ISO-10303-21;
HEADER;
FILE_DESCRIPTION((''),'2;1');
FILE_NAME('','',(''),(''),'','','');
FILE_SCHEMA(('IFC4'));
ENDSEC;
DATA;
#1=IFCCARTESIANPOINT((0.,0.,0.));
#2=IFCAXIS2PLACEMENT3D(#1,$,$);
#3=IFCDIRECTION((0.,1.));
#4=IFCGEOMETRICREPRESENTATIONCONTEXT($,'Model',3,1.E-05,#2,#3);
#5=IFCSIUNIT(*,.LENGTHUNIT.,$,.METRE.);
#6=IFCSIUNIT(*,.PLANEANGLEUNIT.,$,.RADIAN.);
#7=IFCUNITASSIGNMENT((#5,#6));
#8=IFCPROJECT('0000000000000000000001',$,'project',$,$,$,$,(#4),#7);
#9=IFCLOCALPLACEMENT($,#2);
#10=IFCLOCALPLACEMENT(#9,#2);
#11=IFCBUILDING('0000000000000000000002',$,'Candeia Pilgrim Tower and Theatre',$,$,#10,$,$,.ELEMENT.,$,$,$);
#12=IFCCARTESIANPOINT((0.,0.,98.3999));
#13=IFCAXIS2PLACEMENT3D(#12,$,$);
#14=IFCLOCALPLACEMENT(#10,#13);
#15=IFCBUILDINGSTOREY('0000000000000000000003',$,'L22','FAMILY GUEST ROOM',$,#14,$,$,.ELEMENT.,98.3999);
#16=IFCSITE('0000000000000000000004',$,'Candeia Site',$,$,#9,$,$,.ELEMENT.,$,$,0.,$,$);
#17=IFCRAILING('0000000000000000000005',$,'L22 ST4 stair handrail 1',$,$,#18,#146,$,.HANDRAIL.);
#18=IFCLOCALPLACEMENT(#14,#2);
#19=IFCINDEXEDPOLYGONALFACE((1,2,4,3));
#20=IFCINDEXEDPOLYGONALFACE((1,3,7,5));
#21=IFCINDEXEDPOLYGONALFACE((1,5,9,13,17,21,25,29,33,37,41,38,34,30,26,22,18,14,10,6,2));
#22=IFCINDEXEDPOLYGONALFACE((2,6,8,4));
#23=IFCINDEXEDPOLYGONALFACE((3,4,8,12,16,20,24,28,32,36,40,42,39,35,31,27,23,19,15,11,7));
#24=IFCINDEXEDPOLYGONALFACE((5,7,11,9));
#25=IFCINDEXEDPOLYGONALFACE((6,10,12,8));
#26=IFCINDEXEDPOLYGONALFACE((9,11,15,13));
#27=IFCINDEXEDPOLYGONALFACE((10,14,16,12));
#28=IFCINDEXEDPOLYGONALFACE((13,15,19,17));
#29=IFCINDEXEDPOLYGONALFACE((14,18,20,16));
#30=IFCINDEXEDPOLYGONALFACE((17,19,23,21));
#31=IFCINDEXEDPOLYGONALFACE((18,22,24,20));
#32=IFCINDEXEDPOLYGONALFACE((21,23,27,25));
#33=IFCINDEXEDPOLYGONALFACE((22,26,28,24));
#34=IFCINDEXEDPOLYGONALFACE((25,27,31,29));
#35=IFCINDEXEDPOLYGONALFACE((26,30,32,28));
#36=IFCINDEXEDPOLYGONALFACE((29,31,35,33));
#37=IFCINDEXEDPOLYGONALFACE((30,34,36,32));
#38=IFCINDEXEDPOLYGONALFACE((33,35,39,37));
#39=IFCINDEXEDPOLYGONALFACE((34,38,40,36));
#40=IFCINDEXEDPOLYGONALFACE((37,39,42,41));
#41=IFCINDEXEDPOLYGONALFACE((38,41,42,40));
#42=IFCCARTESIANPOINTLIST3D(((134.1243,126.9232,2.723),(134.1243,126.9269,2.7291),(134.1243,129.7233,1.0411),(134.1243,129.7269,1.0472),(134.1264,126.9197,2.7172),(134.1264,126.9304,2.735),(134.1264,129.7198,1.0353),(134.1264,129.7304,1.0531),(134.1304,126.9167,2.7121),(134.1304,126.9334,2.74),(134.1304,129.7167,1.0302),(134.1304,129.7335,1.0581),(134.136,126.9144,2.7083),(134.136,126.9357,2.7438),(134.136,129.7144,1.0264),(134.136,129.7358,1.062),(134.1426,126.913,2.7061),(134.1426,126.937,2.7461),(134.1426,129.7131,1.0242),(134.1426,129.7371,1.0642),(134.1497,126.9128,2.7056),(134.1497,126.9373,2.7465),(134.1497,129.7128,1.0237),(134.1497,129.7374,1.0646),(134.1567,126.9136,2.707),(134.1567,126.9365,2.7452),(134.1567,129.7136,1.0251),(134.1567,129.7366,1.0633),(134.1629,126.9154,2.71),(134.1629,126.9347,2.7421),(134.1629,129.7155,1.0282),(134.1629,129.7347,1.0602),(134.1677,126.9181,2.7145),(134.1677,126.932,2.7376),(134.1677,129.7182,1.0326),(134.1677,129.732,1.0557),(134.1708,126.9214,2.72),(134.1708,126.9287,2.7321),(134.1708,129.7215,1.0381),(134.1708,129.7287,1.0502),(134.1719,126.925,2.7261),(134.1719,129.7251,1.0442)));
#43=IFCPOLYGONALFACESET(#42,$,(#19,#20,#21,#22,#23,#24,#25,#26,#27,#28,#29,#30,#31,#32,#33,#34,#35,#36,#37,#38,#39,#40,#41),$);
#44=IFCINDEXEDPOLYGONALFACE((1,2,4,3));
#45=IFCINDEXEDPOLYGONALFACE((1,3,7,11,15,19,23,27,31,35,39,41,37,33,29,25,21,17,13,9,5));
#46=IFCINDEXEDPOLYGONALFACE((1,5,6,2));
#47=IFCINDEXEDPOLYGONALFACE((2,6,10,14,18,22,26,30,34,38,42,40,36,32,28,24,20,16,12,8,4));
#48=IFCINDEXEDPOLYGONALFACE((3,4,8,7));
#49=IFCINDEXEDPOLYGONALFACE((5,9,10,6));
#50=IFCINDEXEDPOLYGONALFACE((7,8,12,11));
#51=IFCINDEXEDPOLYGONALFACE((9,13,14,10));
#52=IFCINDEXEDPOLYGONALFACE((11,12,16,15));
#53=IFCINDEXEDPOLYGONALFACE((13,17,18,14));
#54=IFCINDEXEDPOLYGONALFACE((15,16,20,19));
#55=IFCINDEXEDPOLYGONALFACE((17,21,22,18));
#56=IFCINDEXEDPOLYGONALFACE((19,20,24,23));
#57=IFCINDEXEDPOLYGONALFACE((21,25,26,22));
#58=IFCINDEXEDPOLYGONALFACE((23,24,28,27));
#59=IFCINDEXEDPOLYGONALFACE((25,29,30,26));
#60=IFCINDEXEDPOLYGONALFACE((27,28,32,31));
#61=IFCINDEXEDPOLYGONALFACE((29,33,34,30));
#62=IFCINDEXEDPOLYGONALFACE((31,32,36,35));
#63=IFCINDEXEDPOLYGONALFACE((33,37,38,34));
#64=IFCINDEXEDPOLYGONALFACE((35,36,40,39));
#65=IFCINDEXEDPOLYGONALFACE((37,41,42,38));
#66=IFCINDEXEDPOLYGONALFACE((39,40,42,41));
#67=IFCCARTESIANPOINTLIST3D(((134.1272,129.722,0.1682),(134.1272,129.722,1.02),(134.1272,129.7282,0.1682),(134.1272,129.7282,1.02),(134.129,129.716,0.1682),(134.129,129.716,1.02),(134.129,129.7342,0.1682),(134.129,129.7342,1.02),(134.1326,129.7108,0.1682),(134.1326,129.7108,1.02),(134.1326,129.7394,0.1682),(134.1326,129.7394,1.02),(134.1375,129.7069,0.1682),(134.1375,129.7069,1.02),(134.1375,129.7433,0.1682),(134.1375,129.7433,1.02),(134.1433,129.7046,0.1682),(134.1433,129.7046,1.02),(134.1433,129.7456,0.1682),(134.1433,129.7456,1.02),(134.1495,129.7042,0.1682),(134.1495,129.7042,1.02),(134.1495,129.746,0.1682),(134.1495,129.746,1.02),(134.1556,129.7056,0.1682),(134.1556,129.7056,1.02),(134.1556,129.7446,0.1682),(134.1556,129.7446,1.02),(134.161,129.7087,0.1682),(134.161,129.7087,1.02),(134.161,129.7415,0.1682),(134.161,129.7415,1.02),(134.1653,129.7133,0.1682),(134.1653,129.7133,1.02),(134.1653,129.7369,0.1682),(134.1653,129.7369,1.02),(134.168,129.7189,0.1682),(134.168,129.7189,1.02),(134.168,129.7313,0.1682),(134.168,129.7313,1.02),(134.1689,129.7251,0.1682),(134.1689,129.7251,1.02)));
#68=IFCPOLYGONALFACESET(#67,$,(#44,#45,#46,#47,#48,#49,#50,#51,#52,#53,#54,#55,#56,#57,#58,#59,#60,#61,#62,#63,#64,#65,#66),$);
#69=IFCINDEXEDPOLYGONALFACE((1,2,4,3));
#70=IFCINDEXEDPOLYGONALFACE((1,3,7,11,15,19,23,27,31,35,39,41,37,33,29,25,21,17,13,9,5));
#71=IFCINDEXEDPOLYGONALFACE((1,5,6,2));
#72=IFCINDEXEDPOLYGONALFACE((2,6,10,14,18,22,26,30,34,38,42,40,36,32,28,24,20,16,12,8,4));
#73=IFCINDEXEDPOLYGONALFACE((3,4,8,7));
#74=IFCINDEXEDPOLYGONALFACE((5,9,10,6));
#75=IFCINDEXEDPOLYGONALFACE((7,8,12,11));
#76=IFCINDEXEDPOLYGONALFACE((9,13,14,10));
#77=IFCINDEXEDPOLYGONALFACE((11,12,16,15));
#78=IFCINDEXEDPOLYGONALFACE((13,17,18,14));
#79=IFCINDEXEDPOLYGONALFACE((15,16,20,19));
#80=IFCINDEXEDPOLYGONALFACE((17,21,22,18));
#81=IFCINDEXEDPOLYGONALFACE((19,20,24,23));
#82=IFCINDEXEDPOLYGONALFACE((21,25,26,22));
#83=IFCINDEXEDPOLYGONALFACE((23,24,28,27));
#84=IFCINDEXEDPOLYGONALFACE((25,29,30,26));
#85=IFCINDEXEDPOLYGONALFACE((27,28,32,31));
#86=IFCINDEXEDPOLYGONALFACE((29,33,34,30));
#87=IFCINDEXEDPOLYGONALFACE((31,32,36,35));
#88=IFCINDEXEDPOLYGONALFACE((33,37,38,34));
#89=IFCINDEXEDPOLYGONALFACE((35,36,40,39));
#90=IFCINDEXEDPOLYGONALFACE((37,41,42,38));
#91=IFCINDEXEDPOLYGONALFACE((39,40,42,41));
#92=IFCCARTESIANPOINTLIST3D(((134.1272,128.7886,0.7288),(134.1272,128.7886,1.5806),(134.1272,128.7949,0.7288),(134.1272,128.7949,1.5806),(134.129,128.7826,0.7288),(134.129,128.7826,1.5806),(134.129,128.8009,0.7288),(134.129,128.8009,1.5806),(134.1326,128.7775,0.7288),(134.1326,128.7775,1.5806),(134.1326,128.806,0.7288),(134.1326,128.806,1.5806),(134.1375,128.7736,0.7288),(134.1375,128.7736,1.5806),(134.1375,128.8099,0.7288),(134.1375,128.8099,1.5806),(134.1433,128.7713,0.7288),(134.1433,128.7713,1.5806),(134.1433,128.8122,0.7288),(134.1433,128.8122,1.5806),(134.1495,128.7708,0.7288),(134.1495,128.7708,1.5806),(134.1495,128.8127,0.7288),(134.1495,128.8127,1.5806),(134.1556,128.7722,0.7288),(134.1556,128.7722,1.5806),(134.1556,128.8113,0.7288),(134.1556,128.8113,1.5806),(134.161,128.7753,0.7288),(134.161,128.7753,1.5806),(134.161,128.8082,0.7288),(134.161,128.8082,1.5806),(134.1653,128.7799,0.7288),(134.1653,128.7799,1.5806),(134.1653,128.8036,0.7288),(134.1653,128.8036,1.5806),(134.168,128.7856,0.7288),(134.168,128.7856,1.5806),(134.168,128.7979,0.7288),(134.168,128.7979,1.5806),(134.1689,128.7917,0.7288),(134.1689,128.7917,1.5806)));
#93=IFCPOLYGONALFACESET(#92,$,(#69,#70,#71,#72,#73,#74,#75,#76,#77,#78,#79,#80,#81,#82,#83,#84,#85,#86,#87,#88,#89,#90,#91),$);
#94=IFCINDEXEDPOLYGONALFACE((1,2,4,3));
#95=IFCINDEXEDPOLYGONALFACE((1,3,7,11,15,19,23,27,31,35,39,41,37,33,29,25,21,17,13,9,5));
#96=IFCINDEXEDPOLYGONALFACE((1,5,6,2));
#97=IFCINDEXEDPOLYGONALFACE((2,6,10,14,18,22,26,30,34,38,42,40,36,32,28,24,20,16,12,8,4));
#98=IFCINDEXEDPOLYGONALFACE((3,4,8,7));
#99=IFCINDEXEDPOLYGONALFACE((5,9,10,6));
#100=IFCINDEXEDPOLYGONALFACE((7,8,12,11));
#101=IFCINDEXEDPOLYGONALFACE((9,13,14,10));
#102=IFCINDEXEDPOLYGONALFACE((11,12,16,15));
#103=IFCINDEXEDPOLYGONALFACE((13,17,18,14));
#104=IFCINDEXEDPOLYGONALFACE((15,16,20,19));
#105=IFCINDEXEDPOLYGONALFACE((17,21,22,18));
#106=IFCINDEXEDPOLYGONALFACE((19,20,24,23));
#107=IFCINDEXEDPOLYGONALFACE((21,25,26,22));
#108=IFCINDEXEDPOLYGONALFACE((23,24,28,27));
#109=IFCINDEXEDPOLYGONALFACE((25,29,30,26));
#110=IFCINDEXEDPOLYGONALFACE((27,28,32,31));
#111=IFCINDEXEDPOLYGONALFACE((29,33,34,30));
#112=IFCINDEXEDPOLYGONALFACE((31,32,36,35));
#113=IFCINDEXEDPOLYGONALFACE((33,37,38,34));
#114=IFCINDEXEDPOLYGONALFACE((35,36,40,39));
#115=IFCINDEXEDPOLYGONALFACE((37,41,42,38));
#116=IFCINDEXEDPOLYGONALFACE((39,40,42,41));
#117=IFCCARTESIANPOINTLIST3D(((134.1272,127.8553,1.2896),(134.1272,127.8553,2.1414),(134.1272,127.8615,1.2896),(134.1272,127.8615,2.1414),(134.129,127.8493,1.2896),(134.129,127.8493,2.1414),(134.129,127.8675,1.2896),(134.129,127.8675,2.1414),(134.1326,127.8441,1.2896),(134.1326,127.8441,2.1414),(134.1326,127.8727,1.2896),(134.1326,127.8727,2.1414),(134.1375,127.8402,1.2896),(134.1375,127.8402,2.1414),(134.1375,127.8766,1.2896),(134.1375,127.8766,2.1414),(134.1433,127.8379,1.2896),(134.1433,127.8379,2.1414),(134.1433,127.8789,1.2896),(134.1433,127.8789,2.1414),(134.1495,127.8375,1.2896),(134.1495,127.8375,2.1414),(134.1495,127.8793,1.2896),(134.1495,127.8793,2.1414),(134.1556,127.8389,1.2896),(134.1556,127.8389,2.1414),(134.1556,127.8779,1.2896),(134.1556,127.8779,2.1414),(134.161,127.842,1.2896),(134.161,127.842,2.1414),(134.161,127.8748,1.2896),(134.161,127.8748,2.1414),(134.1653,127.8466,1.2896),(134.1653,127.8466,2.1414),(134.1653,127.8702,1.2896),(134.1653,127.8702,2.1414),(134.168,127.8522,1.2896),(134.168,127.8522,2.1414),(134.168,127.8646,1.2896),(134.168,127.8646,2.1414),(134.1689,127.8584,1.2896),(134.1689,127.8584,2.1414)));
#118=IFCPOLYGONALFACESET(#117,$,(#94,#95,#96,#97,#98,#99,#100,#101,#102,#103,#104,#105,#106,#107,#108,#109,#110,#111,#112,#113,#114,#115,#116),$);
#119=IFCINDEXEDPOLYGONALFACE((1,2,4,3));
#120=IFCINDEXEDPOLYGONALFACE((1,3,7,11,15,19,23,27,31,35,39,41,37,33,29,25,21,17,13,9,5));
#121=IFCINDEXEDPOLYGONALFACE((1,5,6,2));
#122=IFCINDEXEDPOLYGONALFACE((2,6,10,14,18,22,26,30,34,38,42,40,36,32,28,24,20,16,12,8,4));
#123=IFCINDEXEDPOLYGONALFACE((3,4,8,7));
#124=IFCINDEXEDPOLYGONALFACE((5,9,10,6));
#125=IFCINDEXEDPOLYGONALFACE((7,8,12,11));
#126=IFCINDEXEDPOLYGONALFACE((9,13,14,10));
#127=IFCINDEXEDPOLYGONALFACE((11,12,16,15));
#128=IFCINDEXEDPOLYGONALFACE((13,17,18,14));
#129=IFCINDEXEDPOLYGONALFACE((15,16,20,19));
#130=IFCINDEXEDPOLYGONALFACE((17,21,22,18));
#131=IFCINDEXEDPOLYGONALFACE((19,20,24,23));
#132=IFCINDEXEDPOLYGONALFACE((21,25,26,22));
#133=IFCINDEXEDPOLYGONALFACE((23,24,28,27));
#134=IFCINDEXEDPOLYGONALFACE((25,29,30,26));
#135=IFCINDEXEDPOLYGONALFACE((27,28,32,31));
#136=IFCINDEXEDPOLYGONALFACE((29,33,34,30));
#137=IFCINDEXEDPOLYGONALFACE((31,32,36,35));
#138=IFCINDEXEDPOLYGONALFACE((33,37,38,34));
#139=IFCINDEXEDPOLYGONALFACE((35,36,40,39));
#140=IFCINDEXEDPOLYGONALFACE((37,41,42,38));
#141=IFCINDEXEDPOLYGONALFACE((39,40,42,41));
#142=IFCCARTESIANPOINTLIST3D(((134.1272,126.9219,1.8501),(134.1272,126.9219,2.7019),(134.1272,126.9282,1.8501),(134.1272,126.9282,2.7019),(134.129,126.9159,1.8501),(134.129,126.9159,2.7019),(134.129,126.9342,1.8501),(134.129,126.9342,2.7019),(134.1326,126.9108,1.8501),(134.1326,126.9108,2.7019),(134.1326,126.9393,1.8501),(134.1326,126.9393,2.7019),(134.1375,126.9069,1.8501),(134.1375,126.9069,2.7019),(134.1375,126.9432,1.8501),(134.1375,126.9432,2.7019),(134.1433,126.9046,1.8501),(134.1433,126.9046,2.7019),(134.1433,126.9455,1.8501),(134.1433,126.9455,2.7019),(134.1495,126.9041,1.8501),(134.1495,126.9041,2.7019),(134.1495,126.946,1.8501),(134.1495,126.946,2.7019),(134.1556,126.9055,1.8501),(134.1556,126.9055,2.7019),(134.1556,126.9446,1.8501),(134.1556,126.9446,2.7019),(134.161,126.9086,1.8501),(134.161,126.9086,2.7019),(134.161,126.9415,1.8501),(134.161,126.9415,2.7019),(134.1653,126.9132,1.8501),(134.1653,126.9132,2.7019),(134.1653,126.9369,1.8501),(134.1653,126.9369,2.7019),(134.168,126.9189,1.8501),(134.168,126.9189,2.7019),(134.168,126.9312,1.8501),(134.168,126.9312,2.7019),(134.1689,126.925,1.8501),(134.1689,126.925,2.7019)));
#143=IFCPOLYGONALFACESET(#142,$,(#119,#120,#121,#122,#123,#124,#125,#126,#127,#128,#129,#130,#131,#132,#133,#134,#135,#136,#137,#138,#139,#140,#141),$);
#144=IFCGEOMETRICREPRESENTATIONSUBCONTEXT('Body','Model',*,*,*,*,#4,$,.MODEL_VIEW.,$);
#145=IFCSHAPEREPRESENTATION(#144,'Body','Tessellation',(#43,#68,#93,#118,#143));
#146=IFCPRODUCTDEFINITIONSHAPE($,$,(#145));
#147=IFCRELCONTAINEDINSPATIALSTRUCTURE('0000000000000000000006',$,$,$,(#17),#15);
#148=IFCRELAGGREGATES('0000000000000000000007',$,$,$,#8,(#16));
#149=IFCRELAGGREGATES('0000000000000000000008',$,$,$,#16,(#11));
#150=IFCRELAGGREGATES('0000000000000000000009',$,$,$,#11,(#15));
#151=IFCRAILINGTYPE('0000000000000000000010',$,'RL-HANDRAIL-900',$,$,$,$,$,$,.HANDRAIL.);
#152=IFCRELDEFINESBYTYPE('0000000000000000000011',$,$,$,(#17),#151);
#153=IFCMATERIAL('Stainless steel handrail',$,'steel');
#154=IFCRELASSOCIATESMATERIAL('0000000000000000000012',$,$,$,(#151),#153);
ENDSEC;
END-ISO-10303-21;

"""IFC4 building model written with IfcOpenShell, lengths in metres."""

from ifc_helpers import new_model, si_unit, direction, frame, origin, origin_2d, place, context, subcontext, project, spatial, circle, extrude, material, type_object, element, save


model = new_model("IFC4")

# Units and contexts
model_context = context("Model", 3, precision=1e-05, world=origin(), true_north=direction((0.0, 1.0)))
body_context = subcontext(model_context, "Body", "Model", "MODEL_VIEW")
ifc_project = project(units=[si_unit("LENGTHUNIT", "METRE"), si_unit("PLANEANGLEUNIT", "RADIAN")], contexts=[model_context])

# Site, building, storey
site_placement = place(None, origin())
site = spatial("IfcSite", under=ifc_project, at=site_placement, Name="Candeia Site", CompositionType="ELEMENT", RefElevation=0.0)
building_placement = place(site_placement, origin())
building = spatial("IfcBuilding", under=site, at=building_placement, Name="Candeia Pilgrim Tower and Theatre", CompositionType="ELEMENT")
storey_placement = place(building_placement, frame((0.0, 0.0, 98.3999)))
storey = spatial("IfcBuildingStorey", under=building, at=storey_placement, Name="L22", Description="FAMILY GUEST ROOM", CompositionType="ELEMENT", Elevation=98.3999)

# Railing
ifc_material_1 = material(Name="Stainless steel handrail", Category="steel")
railing_type_1 = type_object("IfcRailingType", Name="RL-HANDRAIL-900", PredefinedType="HANDRAIL", material=ifc_material_1)
railing_1_placement = place(storey_placement, frame((134.1479, 129.7251, 0.1682)))
element("IfcRailing", 1, at=railing_1_placement, inside=storey, type_object=railing_type_1, Name="L22 ST4 stair handrail 1", PredefinedType="HANDRAIL", context=body_context, shape_type="SweptSolid", body=[
    extrude(circle(Radius=0.0239, at=origin_2d()), frame((0.0, 0.0, 0.876), z_axis=(0.0, -0.857242, 0.514913), x_axis=(1.0, 0.0, 0.0)), (0.0, 0.0, 1.0), 3.2664),
    extrude(circle(Radius=0.021, at=origin_2d()), origin(), (0.0, 0.0, 1.0), 0.8518),
    extrude(circle(Radius=0.021, at=origin_2d()), frame((0.0, -0.9333, 0.5605)), (0.0, 0.0, 1.0), 0.8518),
    extrude(circle(Radius=0.021, at=origin_2d()), frame((0.0, -1.8667, 1.1213)), (0.0, 0.0, 1.0), 0.8518),
    extrude(circle(Radius=0.021, at=origin_2d()), frame((0.0, -2.8, 1.6819)), (0.0, 0.0, 1.0), 0.8518),
])

save(model, "model.ifc")
